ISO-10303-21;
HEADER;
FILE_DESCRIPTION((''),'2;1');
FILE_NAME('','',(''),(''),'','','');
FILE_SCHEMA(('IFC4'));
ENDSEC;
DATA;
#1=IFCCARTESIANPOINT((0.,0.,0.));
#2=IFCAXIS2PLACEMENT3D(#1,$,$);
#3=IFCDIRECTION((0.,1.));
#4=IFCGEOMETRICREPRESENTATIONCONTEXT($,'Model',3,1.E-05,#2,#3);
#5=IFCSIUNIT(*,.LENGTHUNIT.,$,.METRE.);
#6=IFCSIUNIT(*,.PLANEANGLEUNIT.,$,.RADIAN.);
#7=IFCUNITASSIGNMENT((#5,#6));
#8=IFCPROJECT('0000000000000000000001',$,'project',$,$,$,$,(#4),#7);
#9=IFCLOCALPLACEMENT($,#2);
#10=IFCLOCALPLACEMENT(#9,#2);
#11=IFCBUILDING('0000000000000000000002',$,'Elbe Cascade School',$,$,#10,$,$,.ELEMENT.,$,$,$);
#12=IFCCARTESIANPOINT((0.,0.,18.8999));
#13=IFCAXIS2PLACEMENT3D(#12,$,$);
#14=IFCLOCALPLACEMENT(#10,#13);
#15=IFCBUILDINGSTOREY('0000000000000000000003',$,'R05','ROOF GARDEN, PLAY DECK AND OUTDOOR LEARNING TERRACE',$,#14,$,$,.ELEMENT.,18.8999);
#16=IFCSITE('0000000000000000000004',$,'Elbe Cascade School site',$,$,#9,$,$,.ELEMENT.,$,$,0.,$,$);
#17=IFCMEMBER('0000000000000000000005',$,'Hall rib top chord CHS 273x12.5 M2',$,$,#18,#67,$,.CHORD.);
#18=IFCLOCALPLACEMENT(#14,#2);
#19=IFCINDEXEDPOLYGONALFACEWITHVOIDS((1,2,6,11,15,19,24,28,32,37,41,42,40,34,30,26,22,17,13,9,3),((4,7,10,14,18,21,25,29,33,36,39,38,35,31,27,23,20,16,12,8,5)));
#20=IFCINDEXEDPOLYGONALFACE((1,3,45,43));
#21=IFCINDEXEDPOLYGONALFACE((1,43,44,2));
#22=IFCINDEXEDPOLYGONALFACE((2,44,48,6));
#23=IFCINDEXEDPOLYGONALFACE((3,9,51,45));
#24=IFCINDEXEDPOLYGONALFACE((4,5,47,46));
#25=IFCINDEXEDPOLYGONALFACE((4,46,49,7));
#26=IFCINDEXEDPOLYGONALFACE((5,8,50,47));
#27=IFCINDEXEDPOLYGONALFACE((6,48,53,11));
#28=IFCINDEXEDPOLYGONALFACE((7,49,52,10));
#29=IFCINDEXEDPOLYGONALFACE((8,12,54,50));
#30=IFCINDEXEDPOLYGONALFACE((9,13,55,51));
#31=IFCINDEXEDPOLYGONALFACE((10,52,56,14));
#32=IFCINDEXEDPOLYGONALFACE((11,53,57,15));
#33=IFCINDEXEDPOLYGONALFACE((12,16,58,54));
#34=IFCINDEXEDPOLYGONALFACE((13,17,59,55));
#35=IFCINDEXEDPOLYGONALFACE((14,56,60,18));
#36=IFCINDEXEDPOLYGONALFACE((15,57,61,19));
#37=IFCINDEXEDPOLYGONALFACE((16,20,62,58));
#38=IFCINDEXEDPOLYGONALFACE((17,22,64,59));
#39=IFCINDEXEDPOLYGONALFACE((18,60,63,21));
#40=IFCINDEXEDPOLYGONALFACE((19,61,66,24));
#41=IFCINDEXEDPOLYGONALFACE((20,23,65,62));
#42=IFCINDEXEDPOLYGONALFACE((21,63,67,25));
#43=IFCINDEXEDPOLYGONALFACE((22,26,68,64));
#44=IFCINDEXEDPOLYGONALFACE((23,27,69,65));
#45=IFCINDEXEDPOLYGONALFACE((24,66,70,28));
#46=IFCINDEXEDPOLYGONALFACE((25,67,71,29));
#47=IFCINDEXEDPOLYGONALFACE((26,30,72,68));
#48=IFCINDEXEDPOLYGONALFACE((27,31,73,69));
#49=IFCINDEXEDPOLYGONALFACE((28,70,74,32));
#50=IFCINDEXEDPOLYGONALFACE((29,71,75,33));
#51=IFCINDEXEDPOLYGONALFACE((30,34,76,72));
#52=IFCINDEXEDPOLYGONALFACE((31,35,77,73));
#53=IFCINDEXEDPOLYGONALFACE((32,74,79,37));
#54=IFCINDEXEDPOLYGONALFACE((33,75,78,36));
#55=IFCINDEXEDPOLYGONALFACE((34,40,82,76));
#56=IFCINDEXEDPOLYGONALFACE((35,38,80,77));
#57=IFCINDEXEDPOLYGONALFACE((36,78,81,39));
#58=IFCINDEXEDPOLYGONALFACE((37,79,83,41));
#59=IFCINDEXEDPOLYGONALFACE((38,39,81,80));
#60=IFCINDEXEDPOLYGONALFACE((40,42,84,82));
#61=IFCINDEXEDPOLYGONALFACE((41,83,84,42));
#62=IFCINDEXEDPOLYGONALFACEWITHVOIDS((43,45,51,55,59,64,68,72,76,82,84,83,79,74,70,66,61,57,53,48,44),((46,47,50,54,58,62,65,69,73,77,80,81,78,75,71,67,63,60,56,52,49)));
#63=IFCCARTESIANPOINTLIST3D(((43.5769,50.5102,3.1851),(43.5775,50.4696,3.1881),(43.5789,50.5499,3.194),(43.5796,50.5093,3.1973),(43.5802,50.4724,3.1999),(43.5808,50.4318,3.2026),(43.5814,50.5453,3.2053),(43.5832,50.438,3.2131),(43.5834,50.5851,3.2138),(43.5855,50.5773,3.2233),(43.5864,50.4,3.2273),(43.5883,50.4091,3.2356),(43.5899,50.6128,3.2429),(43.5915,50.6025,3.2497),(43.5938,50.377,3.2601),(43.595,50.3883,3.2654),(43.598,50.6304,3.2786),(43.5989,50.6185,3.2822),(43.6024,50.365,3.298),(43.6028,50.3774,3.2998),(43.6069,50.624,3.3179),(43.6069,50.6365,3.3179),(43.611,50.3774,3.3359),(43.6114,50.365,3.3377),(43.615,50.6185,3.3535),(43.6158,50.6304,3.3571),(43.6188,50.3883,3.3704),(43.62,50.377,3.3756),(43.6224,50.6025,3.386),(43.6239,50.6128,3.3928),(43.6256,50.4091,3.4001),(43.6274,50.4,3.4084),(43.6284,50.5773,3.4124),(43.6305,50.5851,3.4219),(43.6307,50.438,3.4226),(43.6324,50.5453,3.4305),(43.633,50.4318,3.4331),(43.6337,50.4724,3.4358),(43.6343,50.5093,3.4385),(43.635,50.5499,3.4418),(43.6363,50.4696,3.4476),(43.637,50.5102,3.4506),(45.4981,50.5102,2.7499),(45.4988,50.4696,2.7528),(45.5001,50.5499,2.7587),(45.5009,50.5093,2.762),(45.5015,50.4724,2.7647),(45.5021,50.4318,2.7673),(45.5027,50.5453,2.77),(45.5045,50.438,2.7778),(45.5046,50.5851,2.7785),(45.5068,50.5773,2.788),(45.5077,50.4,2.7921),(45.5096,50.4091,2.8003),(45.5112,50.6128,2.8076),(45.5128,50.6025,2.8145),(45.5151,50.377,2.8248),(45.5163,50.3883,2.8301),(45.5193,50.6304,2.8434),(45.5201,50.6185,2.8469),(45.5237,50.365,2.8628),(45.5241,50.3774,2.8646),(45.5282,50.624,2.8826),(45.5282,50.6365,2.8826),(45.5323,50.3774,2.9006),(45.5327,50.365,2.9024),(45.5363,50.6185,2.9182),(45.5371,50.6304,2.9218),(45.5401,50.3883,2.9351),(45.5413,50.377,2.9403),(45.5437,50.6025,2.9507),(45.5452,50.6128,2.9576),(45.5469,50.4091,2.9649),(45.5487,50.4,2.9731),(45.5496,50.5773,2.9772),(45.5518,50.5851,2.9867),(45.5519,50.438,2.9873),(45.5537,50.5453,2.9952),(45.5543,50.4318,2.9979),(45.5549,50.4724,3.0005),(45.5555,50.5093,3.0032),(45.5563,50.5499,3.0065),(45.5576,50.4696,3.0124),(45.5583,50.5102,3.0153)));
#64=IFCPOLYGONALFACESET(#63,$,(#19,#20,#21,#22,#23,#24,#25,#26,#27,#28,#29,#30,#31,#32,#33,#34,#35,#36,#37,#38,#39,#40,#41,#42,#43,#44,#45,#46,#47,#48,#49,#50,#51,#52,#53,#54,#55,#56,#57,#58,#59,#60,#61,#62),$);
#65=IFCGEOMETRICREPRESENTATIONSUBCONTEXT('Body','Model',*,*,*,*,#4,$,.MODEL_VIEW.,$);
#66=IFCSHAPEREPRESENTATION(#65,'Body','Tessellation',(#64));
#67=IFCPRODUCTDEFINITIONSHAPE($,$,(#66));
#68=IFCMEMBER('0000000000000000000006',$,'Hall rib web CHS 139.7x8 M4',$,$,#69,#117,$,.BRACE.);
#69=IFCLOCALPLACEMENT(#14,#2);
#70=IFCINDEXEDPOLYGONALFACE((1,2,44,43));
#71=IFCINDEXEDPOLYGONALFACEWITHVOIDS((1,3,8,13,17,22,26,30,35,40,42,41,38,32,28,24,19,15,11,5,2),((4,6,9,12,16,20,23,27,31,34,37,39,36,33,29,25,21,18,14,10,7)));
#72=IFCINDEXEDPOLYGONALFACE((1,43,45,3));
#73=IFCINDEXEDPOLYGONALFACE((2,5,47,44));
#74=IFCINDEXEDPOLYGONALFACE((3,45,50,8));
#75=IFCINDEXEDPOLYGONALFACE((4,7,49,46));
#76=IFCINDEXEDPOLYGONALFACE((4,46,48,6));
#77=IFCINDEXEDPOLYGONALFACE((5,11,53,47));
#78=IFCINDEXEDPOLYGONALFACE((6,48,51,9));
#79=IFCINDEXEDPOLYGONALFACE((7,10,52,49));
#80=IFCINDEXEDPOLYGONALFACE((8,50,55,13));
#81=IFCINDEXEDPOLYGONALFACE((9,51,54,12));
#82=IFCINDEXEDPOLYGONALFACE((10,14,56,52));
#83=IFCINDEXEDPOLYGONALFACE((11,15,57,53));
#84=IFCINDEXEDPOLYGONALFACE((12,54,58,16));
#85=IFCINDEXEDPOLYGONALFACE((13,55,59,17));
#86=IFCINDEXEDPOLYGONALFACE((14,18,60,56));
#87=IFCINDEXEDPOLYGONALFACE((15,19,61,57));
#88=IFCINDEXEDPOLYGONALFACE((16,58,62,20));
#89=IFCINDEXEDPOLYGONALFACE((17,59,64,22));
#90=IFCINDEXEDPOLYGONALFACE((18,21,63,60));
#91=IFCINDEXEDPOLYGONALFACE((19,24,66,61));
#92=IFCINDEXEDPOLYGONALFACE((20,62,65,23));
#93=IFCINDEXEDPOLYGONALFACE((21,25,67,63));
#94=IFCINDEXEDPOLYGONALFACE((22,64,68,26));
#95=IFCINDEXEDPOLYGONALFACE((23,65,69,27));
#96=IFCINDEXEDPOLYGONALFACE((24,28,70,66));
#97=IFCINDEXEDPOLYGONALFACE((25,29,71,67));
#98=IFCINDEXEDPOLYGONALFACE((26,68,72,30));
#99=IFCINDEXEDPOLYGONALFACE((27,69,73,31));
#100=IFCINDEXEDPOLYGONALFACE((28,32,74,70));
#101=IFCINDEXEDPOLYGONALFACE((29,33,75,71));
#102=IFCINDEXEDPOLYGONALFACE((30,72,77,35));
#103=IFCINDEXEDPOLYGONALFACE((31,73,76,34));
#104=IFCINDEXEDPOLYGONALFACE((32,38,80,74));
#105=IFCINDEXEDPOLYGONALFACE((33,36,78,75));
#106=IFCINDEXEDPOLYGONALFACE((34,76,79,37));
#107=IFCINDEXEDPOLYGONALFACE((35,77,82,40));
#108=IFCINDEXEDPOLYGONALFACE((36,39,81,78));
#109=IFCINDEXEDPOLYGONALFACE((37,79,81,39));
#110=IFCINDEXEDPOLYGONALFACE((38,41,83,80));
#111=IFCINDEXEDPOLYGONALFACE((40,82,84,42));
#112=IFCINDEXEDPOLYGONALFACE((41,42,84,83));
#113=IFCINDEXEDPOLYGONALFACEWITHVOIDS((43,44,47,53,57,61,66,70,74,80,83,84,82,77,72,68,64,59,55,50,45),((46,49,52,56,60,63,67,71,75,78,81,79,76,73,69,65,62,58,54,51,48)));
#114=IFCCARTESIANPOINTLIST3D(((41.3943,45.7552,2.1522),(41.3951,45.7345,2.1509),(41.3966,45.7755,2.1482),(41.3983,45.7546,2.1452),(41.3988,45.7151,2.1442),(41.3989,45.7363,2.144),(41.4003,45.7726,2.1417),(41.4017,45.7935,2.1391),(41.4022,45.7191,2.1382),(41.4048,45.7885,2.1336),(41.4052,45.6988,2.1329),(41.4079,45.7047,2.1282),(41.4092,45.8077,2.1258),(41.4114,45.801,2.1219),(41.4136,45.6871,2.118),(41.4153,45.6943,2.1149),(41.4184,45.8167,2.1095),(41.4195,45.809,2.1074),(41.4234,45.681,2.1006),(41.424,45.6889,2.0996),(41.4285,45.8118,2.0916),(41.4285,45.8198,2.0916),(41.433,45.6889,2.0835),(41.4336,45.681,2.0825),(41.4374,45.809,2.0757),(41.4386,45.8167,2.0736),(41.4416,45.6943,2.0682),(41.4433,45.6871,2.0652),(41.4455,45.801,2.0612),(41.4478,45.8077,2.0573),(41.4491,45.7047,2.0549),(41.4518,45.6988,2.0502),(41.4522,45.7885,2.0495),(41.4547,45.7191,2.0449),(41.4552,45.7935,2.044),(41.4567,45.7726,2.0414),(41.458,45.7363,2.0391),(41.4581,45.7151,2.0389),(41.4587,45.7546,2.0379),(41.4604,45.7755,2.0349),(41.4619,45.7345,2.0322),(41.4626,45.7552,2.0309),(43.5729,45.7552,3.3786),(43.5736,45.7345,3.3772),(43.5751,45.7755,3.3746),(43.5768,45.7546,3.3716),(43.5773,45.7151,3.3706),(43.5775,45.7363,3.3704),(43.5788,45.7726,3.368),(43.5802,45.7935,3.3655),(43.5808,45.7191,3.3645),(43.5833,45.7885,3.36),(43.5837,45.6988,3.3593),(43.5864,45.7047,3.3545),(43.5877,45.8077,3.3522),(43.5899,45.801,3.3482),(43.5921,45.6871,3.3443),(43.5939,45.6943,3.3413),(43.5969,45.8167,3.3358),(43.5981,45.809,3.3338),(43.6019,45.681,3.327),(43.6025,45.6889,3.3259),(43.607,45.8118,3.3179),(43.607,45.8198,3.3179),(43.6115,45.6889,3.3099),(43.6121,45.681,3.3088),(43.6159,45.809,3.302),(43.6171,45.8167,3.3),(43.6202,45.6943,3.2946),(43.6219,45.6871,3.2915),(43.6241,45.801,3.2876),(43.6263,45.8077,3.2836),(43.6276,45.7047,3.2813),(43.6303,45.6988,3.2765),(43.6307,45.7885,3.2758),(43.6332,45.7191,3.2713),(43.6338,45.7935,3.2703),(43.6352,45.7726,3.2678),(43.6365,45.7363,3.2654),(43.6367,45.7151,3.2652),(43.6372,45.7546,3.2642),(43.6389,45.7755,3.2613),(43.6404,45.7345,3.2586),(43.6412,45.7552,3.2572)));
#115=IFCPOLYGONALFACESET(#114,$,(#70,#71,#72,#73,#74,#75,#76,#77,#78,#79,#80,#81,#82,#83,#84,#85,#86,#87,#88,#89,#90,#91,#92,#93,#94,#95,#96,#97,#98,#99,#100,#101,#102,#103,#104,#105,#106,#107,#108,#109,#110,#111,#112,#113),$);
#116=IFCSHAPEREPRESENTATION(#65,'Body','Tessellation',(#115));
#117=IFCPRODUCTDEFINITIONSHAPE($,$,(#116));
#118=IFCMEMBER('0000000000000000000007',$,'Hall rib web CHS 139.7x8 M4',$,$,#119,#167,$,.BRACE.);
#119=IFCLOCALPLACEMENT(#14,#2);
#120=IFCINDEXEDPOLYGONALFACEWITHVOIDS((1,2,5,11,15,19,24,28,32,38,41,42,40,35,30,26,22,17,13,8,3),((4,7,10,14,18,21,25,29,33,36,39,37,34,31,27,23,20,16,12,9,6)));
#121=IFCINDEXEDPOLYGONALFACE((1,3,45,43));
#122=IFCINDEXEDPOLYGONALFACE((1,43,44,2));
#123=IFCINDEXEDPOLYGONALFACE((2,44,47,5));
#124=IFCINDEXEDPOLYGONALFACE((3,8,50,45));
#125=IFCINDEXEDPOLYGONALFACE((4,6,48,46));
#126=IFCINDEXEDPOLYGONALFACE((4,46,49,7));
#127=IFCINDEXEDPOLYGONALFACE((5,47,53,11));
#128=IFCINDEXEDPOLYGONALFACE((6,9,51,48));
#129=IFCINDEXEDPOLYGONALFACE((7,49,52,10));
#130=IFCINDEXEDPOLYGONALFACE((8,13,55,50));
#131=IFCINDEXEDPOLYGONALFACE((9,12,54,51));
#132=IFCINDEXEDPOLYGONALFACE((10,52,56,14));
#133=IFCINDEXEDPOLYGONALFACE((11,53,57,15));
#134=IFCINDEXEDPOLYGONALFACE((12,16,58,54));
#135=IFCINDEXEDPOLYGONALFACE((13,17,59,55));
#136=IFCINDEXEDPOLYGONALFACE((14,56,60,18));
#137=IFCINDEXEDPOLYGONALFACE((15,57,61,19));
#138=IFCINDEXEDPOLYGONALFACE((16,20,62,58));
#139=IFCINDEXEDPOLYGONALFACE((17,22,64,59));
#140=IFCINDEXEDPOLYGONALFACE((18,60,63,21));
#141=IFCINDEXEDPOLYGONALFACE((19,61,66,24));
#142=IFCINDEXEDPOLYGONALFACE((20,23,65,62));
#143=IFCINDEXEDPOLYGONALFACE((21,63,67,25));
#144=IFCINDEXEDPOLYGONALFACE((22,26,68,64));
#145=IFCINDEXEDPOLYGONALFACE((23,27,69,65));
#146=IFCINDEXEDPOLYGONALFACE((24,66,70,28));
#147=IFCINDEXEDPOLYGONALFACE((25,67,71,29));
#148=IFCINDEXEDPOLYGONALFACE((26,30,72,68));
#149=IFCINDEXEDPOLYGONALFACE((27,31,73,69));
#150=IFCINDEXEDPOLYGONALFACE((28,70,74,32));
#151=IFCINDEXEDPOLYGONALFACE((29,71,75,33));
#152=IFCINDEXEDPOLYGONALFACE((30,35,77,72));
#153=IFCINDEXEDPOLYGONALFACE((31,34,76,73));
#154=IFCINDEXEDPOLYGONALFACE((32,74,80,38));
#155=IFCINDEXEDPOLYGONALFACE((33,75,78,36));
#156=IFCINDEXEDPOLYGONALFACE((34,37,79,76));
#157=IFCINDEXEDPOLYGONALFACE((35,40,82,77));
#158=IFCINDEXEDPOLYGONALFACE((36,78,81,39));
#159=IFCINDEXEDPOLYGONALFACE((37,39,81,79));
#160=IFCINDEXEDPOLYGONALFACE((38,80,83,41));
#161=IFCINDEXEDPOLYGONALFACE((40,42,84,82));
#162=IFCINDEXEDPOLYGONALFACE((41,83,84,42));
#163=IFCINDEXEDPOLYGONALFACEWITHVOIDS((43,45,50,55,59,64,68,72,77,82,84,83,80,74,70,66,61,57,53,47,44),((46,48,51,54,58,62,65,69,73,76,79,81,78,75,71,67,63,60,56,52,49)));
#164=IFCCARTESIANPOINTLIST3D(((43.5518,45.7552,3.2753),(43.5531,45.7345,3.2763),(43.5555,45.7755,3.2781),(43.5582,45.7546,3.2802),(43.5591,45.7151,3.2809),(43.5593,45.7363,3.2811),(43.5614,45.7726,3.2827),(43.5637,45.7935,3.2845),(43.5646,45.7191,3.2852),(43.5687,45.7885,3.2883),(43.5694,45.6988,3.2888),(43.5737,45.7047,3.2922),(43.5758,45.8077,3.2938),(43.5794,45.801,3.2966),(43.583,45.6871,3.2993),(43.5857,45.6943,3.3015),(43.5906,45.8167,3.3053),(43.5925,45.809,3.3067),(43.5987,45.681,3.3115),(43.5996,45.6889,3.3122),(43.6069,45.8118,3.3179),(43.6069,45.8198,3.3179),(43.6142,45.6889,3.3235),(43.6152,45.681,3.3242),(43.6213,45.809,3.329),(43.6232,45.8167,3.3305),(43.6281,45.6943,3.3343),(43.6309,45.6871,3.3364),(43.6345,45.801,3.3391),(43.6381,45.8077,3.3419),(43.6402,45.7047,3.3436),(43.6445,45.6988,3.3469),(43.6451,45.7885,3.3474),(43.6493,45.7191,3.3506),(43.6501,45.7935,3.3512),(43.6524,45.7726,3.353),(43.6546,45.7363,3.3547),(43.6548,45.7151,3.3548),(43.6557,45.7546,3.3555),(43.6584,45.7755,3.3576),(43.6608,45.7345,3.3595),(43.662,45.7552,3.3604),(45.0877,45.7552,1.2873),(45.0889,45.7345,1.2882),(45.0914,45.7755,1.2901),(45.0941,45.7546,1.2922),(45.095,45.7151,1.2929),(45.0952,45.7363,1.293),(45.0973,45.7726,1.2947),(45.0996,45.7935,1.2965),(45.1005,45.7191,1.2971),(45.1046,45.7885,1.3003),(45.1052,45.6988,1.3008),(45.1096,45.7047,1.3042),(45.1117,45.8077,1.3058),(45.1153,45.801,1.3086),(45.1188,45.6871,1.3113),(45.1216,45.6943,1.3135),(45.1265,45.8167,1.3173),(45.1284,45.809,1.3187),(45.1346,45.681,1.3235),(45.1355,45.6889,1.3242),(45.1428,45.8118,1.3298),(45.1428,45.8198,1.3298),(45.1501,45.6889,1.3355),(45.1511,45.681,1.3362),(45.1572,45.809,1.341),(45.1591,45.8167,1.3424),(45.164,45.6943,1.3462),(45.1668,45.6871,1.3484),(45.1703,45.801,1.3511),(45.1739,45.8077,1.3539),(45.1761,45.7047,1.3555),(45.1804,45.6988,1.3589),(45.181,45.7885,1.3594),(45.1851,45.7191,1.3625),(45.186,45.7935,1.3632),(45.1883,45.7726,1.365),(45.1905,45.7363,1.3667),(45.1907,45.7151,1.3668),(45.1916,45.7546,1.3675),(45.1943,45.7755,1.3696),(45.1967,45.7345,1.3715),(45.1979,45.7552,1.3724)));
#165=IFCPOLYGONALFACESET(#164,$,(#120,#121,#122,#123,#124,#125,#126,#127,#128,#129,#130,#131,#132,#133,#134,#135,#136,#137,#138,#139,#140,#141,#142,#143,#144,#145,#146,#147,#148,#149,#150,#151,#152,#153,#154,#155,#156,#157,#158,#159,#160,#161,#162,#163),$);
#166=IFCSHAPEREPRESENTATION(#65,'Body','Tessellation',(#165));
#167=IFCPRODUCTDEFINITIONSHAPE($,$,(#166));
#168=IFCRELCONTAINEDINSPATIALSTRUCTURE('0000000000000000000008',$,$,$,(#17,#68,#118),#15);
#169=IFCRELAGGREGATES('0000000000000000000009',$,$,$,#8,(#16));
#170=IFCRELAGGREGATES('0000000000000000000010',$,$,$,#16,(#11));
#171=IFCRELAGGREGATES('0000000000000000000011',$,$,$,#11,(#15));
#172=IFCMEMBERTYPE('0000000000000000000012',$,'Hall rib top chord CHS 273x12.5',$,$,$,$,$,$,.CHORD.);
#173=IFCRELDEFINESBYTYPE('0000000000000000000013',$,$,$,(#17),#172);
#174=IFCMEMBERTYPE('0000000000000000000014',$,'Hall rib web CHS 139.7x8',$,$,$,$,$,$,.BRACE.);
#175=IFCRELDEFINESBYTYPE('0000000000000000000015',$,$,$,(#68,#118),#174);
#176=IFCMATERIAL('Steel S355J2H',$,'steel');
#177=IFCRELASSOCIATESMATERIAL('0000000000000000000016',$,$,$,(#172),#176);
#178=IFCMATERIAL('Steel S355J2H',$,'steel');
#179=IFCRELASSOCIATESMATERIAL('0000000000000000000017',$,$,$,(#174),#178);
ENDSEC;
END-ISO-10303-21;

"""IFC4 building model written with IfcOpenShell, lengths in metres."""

from ifc_helpers import new_model, si_unit, direction, frame, origin, origin_2d, place, context, subcontext, project, spatial, hollow_circle, extrude, material, material_profile, profile_set, type_object, element, save


model = new_model("IFC4")

# Units and contexts
model_context = context("Model", 3, precision=1e-05, world=origin(), true_north=direction((0.0, 1.0)))
body_context = subcontext(model_context, "Body", "Model", "MODEL_VIEW")
ifc_project = project(units=[si_unit("LENGTHUNIT", "METRE"), si_unit("PLANEANGLEUNIT", "RADIAN")], contexts=[model_context])

# Site, building, storey
site_placement = place(None, origin())
site = spatial("IfcSite", under=ifc_project, at=site_placement, Name="Elbe Cascade School site", CompositionType="ELEMENT", RefElevation=0.0)
building_placement = place(site_placement, origin())
building = spatial("IfcBuilding", under=site, at=building_placement, Name="Elbe Cascade School", CompositionType="ELEMENT")
storey_placement = place(building_placement, frame((0.0, 0.0, 18.8999)))
storey = spatial("IfcBuildingStorey", under=building, at=storey_placement, Name="R05", Description="ROOF GARDEN, PLAY DECK AND OUTDOOR LEARNING TERRACE", CompositionType="ELEMENT", Elevation=18.8999)

# Members
ifc_material_1 = material(Name="Steel S355J2H", Category="steel")
ifc_material_profile_1 = material_profile(ifc_material_1, hollow_circle(Radius=0.1365, WallThickness=0.0125, at=origin_2d()), Name="CHS 273x12.5")
ifc_profile_set_1 = profile_set([ifc_material_profile_1], Name="Steel S355J2H")
member_type_1 = type_object("IfcMemberType", Name="Hall rib top chord CHS 273x12.5", PredefinedType="CHORD", material=ifc_profile_set_1)
member_1_placement = place(storey_placement, frame((43.6069, 50.5, 3.3179), z_axis=(0.975284, 0.0, -0.220957), x_axis=(0.0, 1.0, 0.0)))
element("IfcMember", 1, at=member_1_placement, inside=storey, type_object=member_type_1, Name="Hall rib top chord CHS 273x12.5 M2", PredefinedType="CHORD", context=body_context, shape_type="SweptSolid", body=[
    extrude(hollow_circle(Radius=0.1365, WallThickness=0.0125, at=origin_2d()), origin(), (0.0, 0.0, 1.0), 1.97),
])
ifc_material_2 = material(Name="Steel S355J2H", Category="steel")
ifc_material_profile_2 = material_profile(ifc_material_2, hollow_circle(Radius=0.0698, WallThickness=0.0081, at=origin_2d()), Name="CHS 139.7x8")
ifc_profile_set_2 = profile_set([ifc_material_profile_2], Name="Steel S355J2H")
member_type_2 = type_object("IfcMemberType", Name="Hall rib web CHS 139.7x8", PredefinedType="BRACE", material=ifc_profile_set_2)
member_2_placement = place(storey_placement, frame((41.4285, 45.75, 2.0916), z_axis=(0.871416, 0.0, 0.490544), x_axis=(0.0, 1.0, 0.0)))
element("IfcMember", 2, at=member_2_placement, inside=storey, type_object=member_type_2, Name="Hall rib web CHS 139.7x8 M4", PredefinedType="BRACE", context=body_context, shape_type="SweptSolid", body=[
    extrude(hollow_circle(Radius=0.0698, WallThickness=0.0081, at=origin_2d()), origin(), (0.0, 0.0, 1.0), 2.5),
])
member_3_placement = place(storey_placement, frame((43.6069, 45.75, 3.3179), z_axis=(0.611367, 0.0, -0.791347), x_axis=(0.0, 1.0, 0.0)))
element("IfcMember", 3, at=member_3_placement, inside=storey, type_object=member_type_2, Name="Hall rib web CHS 139.7x8 M4", PredefinedType="BRACE", context=body_context, shape_type="SweptSolid", body=[
    extrude(hollow_circle(Radius=0.0698, WallThickness=0.0081, at=origin_2d()), origin(), (0.0, 0.0, 1.0), 2.5122),
])

save(model, "model.ifc")
